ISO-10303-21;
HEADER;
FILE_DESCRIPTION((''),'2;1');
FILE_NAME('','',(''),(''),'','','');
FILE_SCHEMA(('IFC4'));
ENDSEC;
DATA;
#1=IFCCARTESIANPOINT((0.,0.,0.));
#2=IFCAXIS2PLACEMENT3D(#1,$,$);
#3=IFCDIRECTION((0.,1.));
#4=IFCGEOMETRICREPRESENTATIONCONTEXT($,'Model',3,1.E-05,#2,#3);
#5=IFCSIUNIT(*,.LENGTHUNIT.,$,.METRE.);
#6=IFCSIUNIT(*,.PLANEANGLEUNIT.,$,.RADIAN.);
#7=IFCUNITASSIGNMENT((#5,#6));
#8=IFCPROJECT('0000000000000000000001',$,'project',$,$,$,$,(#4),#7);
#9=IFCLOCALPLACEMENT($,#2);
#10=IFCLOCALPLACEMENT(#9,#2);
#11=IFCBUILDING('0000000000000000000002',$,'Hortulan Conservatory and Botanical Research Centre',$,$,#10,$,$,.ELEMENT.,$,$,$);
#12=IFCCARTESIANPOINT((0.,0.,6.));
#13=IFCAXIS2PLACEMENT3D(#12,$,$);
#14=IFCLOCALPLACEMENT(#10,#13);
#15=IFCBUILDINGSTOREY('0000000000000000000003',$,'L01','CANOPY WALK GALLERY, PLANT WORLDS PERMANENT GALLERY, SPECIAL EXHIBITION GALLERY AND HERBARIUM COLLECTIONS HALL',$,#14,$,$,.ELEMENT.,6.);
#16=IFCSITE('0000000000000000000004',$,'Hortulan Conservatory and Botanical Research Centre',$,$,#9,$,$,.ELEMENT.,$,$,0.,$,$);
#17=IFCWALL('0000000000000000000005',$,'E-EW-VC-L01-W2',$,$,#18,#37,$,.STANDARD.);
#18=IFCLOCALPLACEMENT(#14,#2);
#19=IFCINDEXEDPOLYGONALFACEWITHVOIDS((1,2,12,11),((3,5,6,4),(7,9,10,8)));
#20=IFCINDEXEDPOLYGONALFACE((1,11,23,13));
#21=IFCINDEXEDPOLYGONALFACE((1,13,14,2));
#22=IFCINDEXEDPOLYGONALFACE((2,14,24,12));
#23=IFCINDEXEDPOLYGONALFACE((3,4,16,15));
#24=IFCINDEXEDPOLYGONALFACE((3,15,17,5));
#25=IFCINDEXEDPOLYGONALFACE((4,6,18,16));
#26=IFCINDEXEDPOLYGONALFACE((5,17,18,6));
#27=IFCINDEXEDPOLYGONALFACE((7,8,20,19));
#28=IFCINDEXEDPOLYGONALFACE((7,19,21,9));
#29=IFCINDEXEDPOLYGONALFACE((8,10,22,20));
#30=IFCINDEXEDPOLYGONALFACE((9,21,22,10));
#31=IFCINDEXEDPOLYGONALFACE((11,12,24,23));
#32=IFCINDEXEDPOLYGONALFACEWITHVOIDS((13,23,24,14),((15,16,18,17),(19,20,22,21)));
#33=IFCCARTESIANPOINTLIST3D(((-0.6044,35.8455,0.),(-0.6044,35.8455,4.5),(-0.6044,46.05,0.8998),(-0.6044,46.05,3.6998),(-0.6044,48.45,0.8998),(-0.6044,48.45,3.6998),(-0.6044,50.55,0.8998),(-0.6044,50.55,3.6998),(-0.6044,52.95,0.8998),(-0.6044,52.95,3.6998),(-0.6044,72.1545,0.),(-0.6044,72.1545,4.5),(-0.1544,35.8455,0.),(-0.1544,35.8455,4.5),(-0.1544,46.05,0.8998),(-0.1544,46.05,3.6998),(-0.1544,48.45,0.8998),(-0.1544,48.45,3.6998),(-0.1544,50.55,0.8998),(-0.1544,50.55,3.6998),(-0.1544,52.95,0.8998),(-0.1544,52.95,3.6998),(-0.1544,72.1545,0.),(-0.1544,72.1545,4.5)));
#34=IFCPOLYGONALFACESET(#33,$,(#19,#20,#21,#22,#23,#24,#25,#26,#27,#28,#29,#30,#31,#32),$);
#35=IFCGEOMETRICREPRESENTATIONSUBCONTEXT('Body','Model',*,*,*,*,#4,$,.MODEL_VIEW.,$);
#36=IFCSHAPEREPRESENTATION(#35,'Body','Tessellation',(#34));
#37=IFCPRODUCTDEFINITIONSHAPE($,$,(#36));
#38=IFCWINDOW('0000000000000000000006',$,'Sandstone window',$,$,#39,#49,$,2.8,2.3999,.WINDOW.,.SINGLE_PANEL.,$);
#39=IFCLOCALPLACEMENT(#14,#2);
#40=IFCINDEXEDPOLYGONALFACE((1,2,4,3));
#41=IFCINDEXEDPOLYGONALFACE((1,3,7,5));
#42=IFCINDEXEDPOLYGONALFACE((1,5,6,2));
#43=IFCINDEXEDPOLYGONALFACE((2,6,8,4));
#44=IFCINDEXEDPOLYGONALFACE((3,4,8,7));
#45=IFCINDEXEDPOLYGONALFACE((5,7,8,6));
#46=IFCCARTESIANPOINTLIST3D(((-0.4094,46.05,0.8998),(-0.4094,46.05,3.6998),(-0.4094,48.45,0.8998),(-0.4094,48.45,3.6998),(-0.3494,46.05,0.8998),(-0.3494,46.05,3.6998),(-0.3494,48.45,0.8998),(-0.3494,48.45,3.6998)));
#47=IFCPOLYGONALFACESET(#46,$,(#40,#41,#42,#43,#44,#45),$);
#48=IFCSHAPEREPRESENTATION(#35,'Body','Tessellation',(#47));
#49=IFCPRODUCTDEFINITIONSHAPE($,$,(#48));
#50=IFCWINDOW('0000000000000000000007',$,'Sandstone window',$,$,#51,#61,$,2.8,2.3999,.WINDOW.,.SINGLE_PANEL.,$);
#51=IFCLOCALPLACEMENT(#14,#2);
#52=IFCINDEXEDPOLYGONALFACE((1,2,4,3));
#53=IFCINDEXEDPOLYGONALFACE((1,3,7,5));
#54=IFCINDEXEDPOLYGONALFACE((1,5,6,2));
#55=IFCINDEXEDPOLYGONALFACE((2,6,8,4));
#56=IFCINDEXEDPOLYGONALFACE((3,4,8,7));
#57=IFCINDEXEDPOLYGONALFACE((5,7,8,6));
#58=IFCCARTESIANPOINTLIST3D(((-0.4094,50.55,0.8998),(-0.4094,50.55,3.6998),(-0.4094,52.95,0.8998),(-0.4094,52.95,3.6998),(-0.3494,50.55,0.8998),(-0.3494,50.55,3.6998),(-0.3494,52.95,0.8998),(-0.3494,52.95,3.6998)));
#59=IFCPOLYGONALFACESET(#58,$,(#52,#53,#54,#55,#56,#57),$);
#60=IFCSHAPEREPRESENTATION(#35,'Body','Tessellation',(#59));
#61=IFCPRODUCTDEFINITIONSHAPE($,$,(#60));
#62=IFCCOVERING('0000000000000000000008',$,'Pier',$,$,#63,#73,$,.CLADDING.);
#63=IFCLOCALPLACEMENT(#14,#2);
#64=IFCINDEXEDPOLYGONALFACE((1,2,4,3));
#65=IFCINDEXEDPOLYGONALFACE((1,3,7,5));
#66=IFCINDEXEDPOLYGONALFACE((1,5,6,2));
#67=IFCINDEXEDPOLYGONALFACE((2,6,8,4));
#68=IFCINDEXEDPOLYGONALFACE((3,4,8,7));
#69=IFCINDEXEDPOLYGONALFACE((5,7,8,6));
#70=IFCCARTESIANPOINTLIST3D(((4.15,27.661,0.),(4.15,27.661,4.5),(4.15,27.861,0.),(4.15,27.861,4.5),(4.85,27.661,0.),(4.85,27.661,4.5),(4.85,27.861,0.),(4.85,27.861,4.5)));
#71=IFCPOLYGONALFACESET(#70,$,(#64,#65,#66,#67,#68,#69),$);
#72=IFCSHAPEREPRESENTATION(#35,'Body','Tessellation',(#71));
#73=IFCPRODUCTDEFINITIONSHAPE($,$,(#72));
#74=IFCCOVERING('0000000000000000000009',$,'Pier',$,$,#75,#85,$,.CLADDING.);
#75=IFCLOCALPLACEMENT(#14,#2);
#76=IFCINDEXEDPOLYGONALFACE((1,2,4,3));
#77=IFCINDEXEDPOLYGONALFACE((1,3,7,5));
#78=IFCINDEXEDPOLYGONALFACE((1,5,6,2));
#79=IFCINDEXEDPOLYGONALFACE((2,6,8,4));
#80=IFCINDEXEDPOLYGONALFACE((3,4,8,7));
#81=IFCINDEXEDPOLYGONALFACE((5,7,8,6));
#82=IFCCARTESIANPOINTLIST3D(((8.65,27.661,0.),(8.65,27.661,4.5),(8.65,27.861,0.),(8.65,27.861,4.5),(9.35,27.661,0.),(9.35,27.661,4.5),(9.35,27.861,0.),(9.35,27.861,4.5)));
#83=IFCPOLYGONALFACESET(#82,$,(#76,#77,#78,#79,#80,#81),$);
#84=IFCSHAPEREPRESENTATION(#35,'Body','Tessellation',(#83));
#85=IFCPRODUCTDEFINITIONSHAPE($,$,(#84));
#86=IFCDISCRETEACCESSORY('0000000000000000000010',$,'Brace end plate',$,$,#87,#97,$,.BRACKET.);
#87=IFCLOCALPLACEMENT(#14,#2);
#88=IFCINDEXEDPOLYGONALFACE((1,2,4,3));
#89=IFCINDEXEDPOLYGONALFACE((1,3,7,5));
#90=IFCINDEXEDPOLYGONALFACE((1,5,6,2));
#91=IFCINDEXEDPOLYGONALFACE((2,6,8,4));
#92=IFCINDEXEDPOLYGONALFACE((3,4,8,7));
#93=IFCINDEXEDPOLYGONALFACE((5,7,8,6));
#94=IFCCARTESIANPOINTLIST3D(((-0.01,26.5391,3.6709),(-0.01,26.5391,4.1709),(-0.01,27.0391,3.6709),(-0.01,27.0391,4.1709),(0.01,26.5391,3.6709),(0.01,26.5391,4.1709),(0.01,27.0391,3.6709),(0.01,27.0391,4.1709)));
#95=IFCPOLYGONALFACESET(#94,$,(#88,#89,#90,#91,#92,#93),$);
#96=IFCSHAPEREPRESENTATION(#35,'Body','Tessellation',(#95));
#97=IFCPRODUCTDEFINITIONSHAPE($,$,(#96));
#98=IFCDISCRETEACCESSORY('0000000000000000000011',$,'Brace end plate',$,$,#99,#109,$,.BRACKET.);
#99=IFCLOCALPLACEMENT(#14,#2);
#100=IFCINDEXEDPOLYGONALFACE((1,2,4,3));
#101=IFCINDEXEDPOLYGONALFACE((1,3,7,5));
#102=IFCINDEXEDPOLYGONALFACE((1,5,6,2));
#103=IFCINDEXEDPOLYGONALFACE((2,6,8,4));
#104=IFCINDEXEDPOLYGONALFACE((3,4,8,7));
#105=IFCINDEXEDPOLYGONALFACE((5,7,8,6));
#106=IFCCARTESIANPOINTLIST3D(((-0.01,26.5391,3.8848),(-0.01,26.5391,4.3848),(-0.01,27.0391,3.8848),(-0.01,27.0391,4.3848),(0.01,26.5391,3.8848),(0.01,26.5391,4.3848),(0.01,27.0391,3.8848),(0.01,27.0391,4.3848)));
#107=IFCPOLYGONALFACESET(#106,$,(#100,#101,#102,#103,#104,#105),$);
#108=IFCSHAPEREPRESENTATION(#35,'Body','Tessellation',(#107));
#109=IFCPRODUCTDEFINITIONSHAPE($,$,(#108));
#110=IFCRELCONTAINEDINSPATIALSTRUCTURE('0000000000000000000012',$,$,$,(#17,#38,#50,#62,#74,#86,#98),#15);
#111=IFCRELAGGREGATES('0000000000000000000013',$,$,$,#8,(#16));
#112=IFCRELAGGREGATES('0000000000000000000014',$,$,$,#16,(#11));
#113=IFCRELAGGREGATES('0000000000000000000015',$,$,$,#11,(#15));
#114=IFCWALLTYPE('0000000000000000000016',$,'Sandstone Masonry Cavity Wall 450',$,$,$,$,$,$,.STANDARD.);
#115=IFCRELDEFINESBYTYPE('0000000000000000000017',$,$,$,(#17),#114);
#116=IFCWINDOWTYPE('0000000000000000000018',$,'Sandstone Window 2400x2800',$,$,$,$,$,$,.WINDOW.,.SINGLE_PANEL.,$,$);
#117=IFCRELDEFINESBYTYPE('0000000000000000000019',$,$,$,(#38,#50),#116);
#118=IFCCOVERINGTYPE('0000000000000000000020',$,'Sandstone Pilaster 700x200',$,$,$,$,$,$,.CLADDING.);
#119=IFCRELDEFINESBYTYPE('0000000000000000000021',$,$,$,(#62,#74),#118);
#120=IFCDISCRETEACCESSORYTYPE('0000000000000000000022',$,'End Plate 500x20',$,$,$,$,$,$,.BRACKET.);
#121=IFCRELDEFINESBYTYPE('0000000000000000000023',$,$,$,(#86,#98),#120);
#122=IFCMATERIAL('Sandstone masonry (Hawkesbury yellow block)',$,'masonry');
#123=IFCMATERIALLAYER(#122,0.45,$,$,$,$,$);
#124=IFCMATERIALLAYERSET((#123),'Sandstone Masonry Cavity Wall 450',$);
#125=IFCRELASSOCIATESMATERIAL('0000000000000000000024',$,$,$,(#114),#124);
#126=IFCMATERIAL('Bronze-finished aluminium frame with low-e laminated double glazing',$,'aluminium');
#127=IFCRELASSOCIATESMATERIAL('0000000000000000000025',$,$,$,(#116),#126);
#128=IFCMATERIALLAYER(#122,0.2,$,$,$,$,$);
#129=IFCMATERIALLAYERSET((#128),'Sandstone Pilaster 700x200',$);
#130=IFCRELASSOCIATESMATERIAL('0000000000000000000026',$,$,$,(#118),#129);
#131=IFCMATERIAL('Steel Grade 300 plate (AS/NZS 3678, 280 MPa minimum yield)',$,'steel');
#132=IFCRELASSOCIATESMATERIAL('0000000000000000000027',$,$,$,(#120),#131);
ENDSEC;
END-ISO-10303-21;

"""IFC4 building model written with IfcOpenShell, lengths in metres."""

from ifc_helpers import new_model, si_unit, direction, frame, frame_2d, origin, origin_2d, place, context, subcontext, project, spatial, rectangle, extrude, material, layer, layer_set, type_object, element, fill, save


model = new_model("IFC4")

# Units and contexts
model_context = context("Model", 3, precision=1e-05, world=origin(), true_north=direction((0.0, 1.0)))
body_context = subcontext(model_context, "Body", "Model", "MODEL_VIEW")
ifc_project = project(units=[si_unit("LENGTHUNIT", "METRE"), si_unit("PLANEANGLEUNIT", "RADIAN")], contexts=[model_context])

# Site, building, storey
site_placement = place(None, origin())
site = spatial("IfcSite", under=ifc_project, at=site_placement, Name="Hortulan Conservatory and Botanical Research Centre", CompositionType="ELEMENT", RefElevation=0.0)
building_placement = place(site_placement, origin())
building = spatial("IfcBuilding", under=site, at=building_placement, Name="Hortulan Conservatory and Botanical Research Centre", CompositionType="ELEMENT")
storey_placement = place(building_placement, frame((0.0, 0.0, 6.0)))
storey = spatial("IfcBuildingStorey", under=building, at=storey_placement, Name="L01", Description="CANOPY WALK GALLERY, PLANT WORLDS PERMANENT GALLERY, SPECIAL EXHIBITION GALLERY AND HERBARIUM COLLECTIONS HALL", CompositionType="ELEMENT", Elevation=6.0)

# Wall, openings, windows
ifc_material_1 = material(Name="Sandstone masonry (Hawkesbury yellow block)", Category="masonry")
ifc_layer_1 = layer(ifc_material_1, 0.45)
ifc_layer_set_1 = layer_set([ifc_layer_1], Name="Sandstone Masonry Cavity Wall 450")
wall_type_1 = type_object("IfcWallType", Name="Sandstone Masonry Cavity Wall 450", PredefinedType="STANDARD", material=ifc_layer_set_1)
ifc_material_2 = material(Name="Bronze-finished aluminium frame with low-e laminated double glazing", Category="aluminium")
window_type = type_object("IfcWindowType", Name="Sandstone Window 2400x2800", PartitioningType="SINGLE_PANEL", PredefinedType="WINDOW", material=ifc_material_2)
wall_1_placement = place(storey_placement, frame((-0.3794, 35.8455, 0.0), z_axis=(0.0, 0.0, 1.0), x_axis=(0.0, 1.0, 0.0)))
wall_1 = element("IfcWall", 1, at=wall_1_placement, inside=storey, type_object=wall_type_1, Name="E-EW-VC-L01-W2", PredefinedType="STANDARD", context=body_context, shape_type="SweptSolid", body=[
    extrude(rectangle(XDim=36.3091, YDim=0.45, at=frame_2d((18.1545, 0.0))), origin(), (0.0, 0.0, 1.0), 4.5),
])
opening_1_placement = place(wall_1_placement, frame((10.2046, 0.0, 0.8999)))
opening_1 = element("IfcOpeningElement", 2, at=opening_1_placement, cuts=wall_1, PredefinedType="OPENING", context=body_context, shape_type="SweptSolid", body=[
    extrude(rectangle(XDim=2.3999, YDim=2.8, at=frame_2d((1.2, 1.3999))), frame((0.0, 0.2349, 0.0), z_axis=(0.0, -1.0, 0.0), x_axis=(1.0, 0.0, 0.0)), (0.0, 0.0, 1.0), 0.47),
])
opening_2_placement = place(wall_1_placement, frame((14.7046, 0.0, 0.8999)))
opening_2 = element("IfcOpeningElement", 3, at=opening_2_placement, cuts=wall_1, PredefinedType="OPENING", context=body_context, shape_type="SweptSolid", body=[
    extrude(rectangle(XDim=2.3999, YDim=2.8, at=frame_2d((1.2, 1.3999))), frame((0.0, 0.2349, 0.0), z_axis=(0.0, -1.0, 0.0), x_axis=(1.0, 0.0, 0.0)), (0.0, 0.0, 1.0), 0.47),
])
window_1_placement = place(opening_1_placement, origin())
window_1 = element("IfcWindow", 4, at=window_1_placement, inside=storey, type_object=window_type, Name="Sandstone window", OverallHeight=2.8, OverallWidth=2.3999, PartitioningType="SINGLE_PANEL", PredefinedType="WINDOW", context=body_context, shape_type="SweptSolid", body=[
    extrude(rectangle(XDim=2.3999, YDim=2.8, at=frame_2d((1.2, 1.3999))), frame((0.0, 0.03, 0.0), z_axis=(0.0, -1.0, 0.0), x_axis=(1.0, 0.0, 0.0)), (0.0, 0.0, 1.0), 0.0601),
])
fill(opening_1, window_1)
window_2_placement = place(opening_2_placement, origin())
window_2 = element("IfcWindow", 5, at=window_2_placement, inside=storey, type_object=window_type, Name="Sandstone window", OverallHeight=2.8, OverallWidth=2.3999, PartitioningType="SINGLE_PANEL", PredefinedType="WINDOW", context=body_context, shape_type="SweptSolid", body=[
    extrude(rectangle(XDim=2.3999, YDim=2.8, at=frame_2d((1.2, 1.3999))), frame((0.0, 0.03, 0.0), z_axis=(0.0, -1.0, 0.0), x_axis=(1.0, 0.0, 0.0)), (0.0, 0.0, 1.0), 0.0601),
])
fill(opening_2, window_2)

# Coverings
ifc_layer_2 = layer(ifc_material_1, 0.2)
ifc_layer_set_2 = layer_set([ifc_layer_2], Name="Sandstone Pilaster 700x200")
covering_type = type_object("IfcCoveringType", Name="Sandstone Pilaster 700x200", PredefinedType="CLADDING", material=ifc_layer_set_2)
for number, where, z_axis, x_axis, name in (
    (6, (4.5, 27.761, 0.0), (0.0, 0.0, 1.0), (1.0, 0.0, 0.0), "Pier"),
    (7, (9.0, 27.761, 0.0), (0.0, 0.0, 1.0), (1.0, 0.0, 0.0), "Pier"),
):
    element("IfcCovering", number, at=place(storey_placement, frame(where, z_axis=z_axis, x_axis=x_axis)), inside=storey, type_object=covering_type, Name=name, PredefinedType="CLADDING", context=body_context, shape_type="SweptSolid", body=[
        extrude(rectangle(XDim=0.7, YDim=0.2, at=origin_2d()), origin(), (0.0, 0.0, 1.0), 4.5),
    ])

# Discrete accessories
ifc_material_3 = material(Name="Steel Grade 300 plate (AS/NZS 3678, 280 MPa minimum yield)", Category="steel")
discrete_accessory_type = type_object("IfcDiscreteAccessoryType", Name="End Plate 500x20", PredefinedType="BRACKET", material=ifc_material_3)
for number, where, z_axis, x_axis, name in (
    (8, (0.0, 26.7891, 3.6709), (0.0, 0.0, 1.0), (0.0, -1.0, 0.0), "Brace end plate"),
    (9, (0.0, 26.7891, 3.8848), (0.0, 0.0, 1.0), (0.0, -1.0, 0.0), "Brace end plate"),
):
    element("IfcDiscreteAccessory", number, at=place(storey_placement, frame(where, z_axis=z_axis, x_axis=x_axis)), inside=storey, type_object=discrete_accessory_type, Name=name, PredefinedType="BRACKET", context=body_context, shape_type="SweptSolid", body=[
        extrude(rectangle(XDim=0.5, YDim=0.02, at=origin_2d()), origin(), (0.0, 0.0, 1.0), 0.5),
    ])

save(model, "model.ifc")
